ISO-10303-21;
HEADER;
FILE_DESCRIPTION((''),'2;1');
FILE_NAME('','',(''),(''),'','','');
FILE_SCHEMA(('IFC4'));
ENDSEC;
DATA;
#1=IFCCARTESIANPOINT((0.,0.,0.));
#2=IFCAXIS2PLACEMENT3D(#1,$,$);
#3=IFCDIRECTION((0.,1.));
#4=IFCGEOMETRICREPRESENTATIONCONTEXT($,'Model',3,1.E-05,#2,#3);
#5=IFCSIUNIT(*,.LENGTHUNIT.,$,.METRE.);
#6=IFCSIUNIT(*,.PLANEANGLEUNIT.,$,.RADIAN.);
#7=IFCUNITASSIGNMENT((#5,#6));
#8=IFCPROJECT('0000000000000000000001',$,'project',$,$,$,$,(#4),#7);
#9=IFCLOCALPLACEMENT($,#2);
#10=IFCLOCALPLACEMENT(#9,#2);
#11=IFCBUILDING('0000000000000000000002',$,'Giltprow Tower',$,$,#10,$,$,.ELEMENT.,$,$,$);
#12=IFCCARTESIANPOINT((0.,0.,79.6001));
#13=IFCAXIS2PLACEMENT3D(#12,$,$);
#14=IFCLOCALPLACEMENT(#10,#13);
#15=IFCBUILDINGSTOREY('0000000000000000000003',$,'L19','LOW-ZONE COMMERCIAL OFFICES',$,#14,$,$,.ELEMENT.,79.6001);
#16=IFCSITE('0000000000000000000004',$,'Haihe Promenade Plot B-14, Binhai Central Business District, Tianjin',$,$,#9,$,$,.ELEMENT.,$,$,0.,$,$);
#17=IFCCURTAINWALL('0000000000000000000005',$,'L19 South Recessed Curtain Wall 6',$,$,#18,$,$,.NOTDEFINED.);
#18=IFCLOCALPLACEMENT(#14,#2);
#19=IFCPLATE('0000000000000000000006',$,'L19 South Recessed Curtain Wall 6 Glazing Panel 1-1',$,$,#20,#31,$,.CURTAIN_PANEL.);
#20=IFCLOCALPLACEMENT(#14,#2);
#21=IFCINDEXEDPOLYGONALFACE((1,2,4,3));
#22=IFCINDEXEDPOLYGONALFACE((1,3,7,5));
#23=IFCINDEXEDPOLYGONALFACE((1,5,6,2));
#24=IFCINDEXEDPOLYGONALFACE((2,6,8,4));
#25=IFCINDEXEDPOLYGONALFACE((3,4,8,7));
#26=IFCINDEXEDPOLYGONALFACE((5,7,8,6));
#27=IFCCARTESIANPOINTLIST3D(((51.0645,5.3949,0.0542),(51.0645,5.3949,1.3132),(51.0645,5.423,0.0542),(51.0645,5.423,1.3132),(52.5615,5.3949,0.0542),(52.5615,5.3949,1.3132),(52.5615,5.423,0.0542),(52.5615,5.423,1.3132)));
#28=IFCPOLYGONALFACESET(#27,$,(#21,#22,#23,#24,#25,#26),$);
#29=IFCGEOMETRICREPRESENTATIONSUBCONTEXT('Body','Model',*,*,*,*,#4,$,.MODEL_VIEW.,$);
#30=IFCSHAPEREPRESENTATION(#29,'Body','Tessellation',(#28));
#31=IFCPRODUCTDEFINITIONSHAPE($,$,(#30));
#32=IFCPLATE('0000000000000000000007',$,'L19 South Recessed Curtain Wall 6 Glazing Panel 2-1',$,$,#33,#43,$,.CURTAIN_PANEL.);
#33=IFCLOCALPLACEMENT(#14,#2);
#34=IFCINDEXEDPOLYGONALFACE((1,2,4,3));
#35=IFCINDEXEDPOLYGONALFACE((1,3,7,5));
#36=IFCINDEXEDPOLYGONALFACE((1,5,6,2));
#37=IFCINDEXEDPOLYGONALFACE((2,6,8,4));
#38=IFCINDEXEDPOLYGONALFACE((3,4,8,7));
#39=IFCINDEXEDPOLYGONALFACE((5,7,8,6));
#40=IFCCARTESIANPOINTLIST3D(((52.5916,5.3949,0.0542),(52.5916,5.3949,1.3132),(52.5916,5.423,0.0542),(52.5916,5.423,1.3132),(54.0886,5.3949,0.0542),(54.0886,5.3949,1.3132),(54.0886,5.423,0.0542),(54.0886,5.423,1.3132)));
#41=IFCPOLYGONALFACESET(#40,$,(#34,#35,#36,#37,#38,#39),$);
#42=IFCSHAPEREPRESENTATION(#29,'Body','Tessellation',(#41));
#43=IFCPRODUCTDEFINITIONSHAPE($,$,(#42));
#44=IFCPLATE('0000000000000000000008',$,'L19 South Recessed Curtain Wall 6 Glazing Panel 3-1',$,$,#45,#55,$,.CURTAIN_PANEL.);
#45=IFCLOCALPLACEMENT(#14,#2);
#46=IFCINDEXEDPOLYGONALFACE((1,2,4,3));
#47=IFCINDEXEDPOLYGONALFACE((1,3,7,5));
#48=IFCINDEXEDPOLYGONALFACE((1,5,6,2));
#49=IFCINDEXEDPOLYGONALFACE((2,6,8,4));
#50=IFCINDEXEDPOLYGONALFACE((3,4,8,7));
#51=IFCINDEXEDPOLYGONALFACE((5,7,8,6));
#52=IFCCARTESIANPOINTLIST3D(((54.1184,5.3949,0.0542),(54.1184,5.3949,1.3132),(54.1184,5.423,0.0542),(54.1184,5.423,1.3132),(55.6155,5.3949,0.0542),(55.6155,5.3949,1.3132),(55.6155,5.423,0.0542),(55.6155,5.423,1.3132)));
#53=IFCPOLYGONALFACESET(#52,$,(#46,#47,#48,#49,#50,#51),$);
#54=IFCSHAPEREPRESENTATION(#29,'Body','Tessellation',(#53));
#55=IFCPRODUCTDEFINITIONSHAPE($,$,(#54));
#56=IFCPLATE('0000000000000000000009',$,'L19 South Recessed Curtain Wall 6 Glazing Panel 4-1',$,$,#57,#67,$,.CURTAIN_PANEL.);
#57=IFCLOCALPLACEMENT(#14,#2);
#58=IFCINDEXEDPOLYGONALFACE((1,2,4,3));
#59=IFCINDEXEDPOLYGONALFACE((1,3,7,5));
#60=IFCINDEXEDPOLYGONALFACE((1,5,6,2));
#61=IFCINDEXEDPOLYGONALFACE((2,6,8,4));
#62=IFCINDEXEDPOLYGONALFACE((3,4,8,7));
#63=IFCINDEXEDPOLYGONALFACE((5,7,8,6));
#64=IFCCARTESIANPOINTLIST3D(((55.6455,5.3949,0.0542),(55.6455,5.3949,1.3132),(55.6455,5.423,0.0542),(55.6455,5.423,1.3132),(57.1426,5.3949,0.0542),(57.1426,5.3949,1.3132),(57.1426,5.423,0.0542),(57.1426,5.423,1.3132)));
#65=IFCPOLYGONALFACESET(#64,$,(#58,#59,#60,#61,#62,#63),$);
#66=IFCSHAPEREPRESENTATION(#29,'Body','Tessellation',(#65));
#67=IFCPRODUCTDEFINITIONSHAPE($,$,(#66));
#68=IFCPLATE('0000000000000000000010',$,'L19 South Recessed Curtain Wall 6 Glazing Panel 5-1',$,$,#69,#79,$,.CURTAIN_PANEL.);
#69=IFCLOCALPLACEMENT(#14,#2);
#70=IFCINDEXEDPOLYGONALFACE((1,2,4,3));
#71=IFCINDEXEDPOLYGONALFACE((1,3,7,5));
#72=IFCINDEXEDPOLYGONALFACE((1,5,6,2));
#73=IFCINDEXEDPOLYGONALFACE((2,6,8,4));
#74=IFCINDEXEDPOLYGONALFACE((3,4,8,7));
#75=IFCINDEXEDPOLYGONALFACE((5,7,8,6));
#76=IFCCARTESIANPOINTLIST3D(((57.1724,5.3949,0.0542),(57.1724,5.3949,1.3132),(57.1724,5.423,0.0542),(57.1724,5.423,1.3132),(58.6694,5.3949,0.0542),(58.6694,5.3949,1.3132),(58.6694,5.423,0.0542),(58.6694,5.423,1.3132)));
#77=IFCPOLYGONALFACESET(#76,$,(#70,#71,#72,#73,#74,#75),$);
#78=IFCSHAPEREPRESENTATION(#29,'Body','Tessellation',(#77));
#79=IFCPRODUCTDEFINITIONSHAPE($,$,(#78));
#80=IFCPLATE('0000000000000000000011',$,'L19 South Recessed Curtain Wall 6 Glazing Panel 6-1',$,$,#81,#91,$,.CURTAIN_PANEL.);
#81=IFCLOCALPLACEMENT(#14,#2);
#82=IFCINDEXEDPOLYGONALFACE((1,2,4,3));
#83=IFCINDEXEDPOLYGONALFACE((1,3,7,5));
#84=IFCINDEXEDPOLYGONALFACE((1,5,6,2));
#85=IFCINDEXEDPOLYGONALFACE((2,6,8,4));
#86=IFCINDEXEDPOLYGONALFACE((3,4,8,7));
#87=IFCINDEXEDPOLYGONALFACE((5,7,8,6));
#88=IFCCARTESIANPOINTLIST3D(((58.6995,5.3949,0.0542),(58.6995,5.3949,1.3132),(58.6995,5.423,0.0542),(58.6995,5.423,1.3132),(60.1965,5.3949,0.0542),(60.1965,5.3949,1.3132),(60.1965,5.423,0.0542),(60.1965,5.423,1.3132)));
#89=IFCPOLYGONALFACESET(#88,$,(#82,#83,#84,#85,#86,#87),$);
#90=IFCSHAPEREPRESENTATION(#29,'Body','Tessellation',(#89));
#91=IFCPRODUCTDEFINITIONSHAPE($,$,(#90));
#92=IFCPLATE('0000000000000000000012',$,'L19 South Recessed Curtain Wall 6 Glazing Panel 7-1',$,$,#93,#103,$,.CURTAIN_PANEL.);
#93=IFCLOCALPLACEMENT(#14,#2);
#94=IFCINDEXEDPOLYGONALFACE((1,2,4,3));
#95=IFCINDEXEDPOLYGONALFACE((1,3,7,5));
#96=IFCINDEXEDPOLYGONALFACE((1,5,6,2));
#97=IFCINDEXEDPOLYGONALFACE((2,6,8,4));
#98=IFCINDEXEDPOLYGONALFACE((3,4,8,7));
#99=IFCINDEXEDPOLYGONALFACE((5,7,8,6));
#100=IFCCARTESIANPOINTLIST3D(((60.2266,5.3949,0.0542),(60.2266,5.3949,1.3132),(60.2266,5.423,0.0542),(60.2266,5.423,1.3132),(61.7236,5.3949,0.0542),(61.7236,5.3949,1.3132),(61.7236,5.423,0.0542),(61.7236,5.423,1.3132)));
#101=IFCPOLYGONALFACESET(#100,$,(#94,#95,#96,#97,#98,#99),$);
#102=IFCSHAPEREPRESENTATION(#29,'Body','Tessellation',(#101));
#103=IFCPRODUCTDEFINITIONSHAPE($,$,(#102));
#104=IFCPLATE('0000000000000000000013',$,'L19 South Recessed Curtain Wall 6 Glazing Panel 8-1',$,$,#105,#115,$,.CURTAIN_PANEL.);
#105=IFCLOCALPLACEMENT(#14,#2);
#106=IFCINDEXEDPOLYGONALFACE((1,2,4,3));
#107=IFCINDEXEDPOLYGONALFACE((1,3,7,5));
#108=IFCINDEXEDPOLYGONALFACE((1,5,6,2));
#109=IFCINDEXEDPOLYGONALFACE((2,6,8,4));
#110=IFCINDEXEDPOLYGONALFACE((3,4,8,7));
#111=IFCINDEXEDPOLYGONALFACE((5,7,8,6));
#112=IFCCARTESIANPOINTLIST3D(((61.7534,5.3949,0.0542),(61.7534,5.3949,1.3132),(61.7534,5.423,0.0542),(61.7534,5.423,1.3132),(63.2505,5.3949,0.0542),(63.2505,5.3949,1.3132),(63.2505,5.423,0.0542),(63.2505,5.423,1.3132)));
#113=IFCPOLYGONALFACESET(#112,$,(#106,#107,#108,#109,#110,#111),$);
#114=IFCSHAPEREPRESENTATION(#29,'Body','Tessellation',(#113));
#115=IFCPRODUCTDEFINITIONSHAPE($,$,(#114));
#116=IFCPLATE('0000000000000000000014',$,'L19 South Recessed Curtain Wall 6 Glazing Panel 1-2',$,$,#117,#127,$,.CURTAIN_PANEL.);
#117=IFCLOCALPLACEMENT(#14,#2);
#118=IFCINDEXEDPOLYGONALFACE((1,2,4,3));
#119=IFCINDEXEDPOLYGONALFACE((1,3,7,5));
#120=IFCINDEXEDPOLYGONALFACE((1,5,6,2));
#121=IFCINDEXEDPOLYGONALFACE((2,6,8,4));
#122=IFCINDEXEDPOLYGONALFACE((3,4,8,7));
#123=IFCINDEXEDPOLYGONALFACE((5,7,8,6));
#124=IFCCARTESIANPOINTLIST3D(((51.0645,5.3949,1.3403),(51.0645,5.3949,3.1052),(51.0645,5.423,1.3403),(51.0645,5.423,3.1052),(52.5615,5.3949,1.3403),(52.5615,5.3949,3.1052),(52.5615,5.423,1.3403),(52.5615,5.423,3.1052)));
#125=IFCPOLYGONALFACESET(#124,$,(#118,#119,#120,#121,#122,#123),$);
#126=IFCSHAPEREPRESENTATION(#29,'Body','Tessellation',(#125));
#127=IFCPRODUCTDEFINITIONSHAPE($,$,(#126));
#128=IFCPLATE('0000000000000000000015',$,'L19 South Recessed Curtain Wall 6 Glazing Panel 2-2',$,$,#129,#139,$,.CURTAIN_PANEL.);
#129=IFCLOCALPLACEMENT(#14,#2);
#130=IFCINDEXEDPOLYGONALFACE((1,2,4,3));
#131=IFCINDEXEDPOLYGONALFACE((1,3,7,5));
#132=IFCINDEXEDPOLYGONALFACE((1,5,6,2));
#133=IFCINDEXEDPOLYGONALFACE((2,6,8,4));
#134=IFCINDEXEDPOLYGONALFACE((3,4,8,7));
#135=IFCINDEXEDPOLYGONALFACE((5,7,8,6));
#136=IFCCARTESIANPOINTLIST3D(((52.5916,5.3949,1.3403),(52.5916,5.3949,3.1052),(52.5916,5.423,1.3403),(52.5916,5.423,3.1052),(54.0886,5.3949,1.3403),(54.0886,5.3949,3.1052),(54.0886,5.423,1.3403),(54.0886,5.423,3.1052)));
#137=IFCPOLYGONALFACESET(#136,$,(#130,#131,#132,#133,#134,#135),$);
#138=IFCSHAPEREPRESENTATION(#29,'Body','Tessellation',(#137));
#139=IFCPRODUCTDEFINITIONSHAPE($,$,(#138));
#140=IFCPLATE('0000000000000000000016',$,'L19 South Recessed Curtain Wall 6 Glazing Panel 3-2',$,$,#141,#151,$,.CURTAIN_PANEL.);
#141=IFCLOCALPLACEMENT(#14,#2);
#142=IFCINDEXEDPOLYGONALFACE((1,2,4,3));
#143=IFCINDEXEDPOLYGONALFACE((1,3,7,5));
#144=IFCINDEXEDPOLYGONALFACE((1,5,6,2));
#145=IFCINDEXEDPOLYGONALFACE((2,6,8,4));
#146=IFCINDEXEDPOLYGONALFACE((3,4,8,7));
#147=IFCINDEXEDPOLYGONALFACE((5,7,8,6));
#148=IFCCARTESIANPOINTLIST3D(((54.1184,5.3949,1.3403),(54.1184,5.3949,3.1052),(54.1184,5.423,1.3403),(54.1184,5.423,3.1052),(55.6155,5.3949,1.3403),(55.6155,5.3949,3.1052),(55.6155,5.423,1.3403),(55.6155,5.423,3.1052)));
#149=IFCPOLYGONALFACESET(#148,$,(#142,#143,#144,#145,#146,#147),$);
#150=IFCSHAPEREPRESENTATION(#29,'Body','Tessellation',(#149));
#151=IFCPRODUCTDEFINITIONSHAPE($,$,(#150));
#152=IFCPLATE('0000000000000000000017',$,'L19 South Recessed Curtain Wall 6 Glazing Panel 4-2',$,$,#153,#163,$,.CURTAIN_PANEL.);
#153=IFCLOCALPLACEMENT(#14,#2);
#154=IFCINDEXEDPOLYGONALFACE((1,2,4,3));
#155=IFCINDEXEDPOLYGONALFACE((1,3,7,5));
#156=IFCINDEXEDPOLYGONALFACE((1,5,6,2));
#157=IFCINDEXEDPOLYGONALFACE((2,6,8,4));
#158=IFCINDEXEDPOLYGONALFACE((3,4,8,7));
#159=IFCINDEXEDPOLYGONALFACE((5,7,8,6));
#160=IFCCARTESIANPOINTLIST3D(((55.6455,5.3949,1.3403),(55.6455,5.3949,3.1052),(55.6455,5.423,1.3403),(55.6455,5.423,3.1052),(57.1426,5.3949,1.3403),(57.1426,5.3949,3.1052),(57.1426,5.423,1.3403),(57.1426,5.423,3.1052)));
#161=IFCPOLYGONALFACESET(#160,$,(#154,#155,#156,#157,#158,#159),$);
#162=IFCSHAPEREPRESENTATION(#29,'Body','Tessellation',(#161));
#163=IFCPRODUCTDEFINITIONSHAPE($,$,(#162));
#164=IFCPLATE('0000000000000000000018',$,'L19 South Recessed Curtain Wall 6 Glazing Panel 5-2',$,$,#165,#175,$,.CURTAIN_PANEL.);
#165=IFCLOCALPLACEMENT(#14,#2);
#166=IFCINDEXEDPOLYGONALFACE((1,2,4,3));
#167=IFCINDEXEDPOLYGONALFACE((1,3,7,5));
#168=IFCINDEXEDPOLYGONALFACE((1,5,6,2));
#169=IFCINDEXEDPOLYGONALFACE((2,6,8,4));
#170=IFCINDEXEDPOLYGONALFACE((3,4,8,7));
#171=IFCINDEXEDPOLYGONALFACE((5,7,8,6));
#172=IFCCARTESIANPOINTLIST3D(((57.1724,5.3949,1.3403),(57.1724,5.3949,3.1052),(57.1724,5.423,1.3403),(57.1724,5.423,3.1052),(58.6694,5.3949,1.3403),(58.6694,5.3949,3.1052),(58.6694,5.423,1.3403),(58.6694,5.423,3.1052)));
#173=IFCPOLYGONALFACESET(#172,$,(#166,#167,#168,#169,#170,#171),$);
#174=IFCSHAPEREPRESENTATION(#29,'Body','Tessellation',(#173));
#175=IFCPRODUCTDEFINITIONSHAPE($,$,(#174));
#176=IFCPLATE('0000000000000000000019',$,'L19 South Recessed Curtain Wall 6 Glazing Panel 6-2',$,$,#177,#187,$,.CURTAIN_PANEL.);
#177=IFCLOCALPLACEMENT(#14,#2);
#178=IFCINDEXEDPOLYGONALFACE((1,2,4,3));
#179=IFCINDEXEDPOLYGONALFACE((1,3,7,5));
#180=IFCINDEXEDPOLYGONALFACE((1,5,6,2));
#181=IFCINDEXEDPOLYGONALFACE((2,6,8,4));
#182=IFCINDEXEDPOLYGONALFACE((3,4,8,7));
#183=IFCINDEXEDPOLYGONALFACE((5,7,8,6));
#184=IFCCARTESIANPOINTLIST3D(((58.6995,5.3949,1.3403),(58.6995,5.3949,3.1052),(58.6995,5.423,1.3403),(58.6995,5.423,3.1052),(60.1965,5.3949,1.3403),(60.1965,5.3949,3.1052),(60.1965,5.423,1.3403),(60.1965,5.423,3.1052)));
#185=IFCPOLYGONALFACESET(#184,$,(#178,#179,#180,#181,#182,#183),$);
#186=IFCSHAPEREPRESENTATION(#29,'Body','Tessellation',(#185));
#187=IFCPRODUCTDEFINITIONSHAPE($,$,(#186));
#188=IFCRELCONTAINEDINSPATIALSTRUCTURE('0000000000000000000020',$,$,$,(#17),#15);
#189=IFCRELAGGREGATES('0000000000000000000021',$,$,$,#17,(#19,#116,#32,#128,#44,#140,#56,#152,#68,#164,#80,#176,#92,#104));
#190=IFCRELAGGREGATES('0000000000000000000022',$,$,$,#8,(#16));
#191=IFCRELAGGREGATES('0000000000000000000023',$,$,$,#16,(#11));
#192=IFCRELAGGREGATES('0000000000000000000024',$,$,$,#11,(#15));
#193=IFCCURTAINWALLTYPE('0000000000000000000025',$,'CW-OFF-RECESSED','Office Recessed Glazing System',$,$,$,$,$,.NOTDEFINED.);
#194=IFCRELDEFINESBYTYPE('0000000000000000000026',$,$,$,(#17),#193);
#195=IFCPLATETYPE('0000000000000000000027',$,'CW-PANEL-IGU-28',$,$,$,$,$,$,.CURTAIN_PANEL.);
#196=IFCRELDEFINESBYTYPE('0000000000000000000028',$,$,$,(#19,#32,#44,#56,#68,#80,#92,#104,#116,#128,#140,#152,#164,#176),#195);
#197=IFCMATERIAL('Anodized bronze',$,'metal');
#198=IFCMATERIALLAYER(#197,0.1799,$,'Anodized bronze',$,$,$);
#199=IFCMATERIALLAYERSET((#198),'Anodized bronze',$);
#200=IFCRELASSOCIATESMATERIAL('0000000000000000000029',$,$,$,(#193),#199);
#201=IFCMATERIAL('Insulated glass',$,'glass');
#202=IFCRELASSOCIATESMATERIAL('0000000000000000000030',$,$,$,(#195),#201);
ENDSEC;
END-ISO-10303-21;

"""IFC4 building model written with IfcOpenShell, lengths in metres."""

from ifc_helpers import new_model, si_unit, direction, frame, origin, origin_2d, place, context, subcontext, project, spatial, rectangle, extrude, source, transform, mapped, material, layer, layer_set, type_object, element, aggregate, save


model = new_model("IFC4")

# Units and contexts
model_context = context("Model", 3, precision=1e-05, world=origin(), true_north=direction((0.0, 1.0)))
body_context = subcontext(model_context, "Body", "Model", "MODEL_VIEW")
ifc_project = project(units=[si_unit("LENGTHUNIT", "METRE"), si_unit("PLANEANGLEUNIT", "RADIAN")], contexts=[model_context])

# Site, building, storey
site_placement = place(None, origin())
site = spatial("IfcSite", under=ifc_project, at=site_placement, Name="Haihe Promenade Plot B-14, Binhai Central Business District, Tianjin", CompositionType="ELEMENT", RefElevation=0.0)
building_placement = place(site_placement, origin())
building = spatial("IfcBuilding", under=site, at=building_placement, Name="Giltprow Tower", CompositionType="ELEMENT")
storey_placement = place(building_placement, frame((0.0, 0.0, 79.6001)))
storey = spatial("IfcBuildingStorey", under=building, at=storey_placement, Name="L19", Description="LOW-ZONE COMMERCIAL OFFICES", CompositionType="ELEMENT", Elevation=79.6001)

# Curtain wall, plates
ifc_material_1 = material(Name="Anodized bronze", Category="metal")
ifc_layer_1 = layer(ifc_material_1, 0.1799, Name="Anodized bronze")
ifc_layer_set_1 = layer_set([ifc_layer_1], Name="Anodized bronze")
curtain_wall_type = type_object("IfcCurtainWallType", Name="CW-OFF-RECESSED", Description="Office Recessed Glazing System", PredefinedType="NOTDEFINED", material=ifc_layer_set_1)
curtain_wall_placement = place(storey_placement, origin())
curtain_wall = element("IfcCurtainWall", 1, at=curtain_wall_placement, inside=storey, type_object=curtain_wall_type, Name="L19 South Recessed Curtain Wall 6", PredefinedType="NOTDEFINED")
ifc_material_2 = material(Name="Insulated glass", Category="glass")
plate_type = type_object("IfcPlateType", Name="CW-PANEL-IGU-28", PredefinedType="CURTAIN_PANEL", material=ifc_material_2)
shared_shape_1 = source(origin(), body_context, "Body", "SweptSolid", [
    extrude(rectangle(XDim=1.4971, YDim=0.0281, at=origin_2d()), origin(), (0.0, 0.0, 1.0), 1.259),
])
plate_1_placement = place(storey_placement, frame((51.813, 5.4089, 0.0542), z_axis=(0.0, 0.0, 1.0), x_axis=(1.0, 0.0, 0.0)))
plate_1 = element("IfcPlate", 2, at=plate_1_placement, type_object=plate_type, Name="L19 South Recessed Curtain Wall 6 Glazing Panel 1-1", PredefinedType="CURTAIN_PANEL", context=body_context, shape_type="MappedRepresentation", body=[
    mapped(shared_shape_1, transform((0.0, 0.0, 0.0), x_axis=(1.0, 0.0, 0.0), y_axis=(0.0, 1.0, 0.0), z_axis=(0.0, 0.0, 1.0), scale=1.0)),
])
plate_2_placement = place(storey_placement, frame((53.3401, 5.4089, 0.0542), z_axis=(0.0, 0.0, 1.0), x_axis=(1.0, 0.0, 0.0)))
plate_2 = element("IfcPlate", 3, at=plate_2_placement, type_object=plate_type, Name="L19 South Recessed Curtain Wall 6 Glazing Panel 2-1", PredefinedType="CURTAIN_PANEL", context=body_context, shape_type="MappedRepresentation", body=[
    mapped(shared_shape_1, transform((0.0, 0.0, 0.0), x_axis=(1.0, 0.0, 0.0), y_axis=(0.0, 1.0, 0.0), z_axis=(0.0, 0.0, 1.0), scale=1.0)),
])
plate_3_placement = place(storey_placement, frame((54.8669, 5.4089, 0.0542), z_axis=(0.0, 0.0, 1.0), x_axis=(1.0, 0.0, 0.0)))
plate_3 = element("IfcPlate", 4, at=plate_3_placement, type_object=plate_type, Name="L19 South Recessed Curtain Wall 6 Glazing Panel 3-1", PredefinedType="CURTAIN_PANEL", context=body_context, shape_type="MappedRepresentation", body=[
    mapped(shared_shape_1, transform((0.0, 0.0, 0.0), x_axis=(1.0, 0.0, 0.0), y_axis=(0.0, 1.0, 0.0), z_axis=(0.0, 0.0, 1.0), scale=1.0)),
])
plate_4_placement = place(storey_placement, frame((56.394, 5.4089, 0.0542), z_axis=(0.0, 0.0, 1.0), x_axis=(1.0, 0.0, 0.0)))
plate_4 = element("IfcPlate", 5, at=plate_4_placement, type_object=plate_type, Name="L19 South Recessed Curtain Wall 6 Glazing Panel 4-1", PredefinedType="CURTAIN_PANEL", context=body_context, shape_type="MappedRepresentation", body=[
    mapped(shared_shape_1, transform((0.0, 0.0, 0.0), x_axis=(1.0, 0.0, 0.0), y_axis=(0.0, 1.0, 0.0), z_axis=(0.0, 0.0, 1.0), scale=1.0)),
])
plate_5_placement = place(storey_placement, frame((57.9209, 5.4089, 0.0542), z_axis=(0.0, 0.0, 1.0), x_axis=(1.0, 0.0, 0.0)))
plate_5 = element("IfcPlate", 6, at=plate_5_placement, type_object=plate_type, Name="L19 South Recessed Curtain Wall 6 Glazing Panel 5-1", PredefinedType="CURTAIN_PANEL", context=body_context, shape_type="MappedRepresentation", body=[
    mapped(shared_shape_1, transform((0.0, 0.0, 0.0), x_axis=(1.0, 0.0, 0.0), y_axis=(0.0, 1.0, 0.0), z_axis=(0.0, 0.0, 1.0), scale=1.0)),
])
plate_6_placement = place(storey_placement, frame((59.448, 5.4089, 0.0542), z_axis=(0.0, 0.0, 1.0), x_axis=(1.0, 0.0, 0.0)))
plate_6 = element("IfcPlate", 7, at=plate_6_placement, type_object=plate_type, Name="L19 South Recessed Curtain Wall 6 Glazing Panel 6-1", PredefinedType="CURTAIN_PANEL", context=body_context, shape_type="MappedRepresentation", body=[
    mapped(shared_shape_1, transform((0.0, 0.0, 0.0), x_axis=(1.0, 0.0, 0.0), y_axis=(0.0, 1.0, 0.0), z_axis=(0.0, 0.0, 1.0), scale=1.0)),
])
plate_7_placement = place(storey_placement, frame((60.9751, 5.4089, 0.0542), z_axis=(0.0, 0.0, 1.0), x_axis=(1.0, 0.0, 0.0)))
plate_7 = element("IfcPlate", 8, at=plate_7_placement, type_object=plate_type, Name="L19 South Recessed Curtain Wall 6 Glazing Panel 7-1", PredefinedType="CURTAIN_PANEL", context=body_context, shape_type="MappedRepresentation", body=[
    mapped(shared_shape_1, transform((0.0, 0.0, 0.0), x_axis=(1.0, 0.0, 0.0), y_axis=(0.0, 1.0, 0.0), z_axis=(0.0, 0.0, 1.0), scale=1.0)),
])
plate_8_placement = place(storey_placement, frame((62.502, 5.4089, 0.0542), z_axis=(0.0, 0.0, 1.0), x_axis=(1.0, 0.0, 0.0)))
plate_8 = element("IfcPlate", 9, at=plate_8_placement, type_object=plate_type, Name="L19 South Recessed Curtain Wall 6 Glazing Panel 8-1", PredefinedType="CURTAIN_PANEL", context=body_context, shape_type="MappedRepresentation", body=[
    mapped(shared_shape_1, transform((0.0, 0.0, 0.0), x_axis=(1.0, 0.0, 0.0), y_axis=(0.0, 1.0, 0.0), z_axis=(0.0, 0.0, 1.0), scale=1.0)),
])
shared_shape_2 = source(origin(), body_context, "Body", "SweptSolid", [
    extrude(rectangle(XDim=1.4971, YDim=0.0281, at=origin_2d()), origin(), (0.0, 0.0, 1.0), 1.7649),
])
plate_9_placement = place(storey_placement, frame((51.813, 5.4089, 1.3403), z_axis=(0.0, 0.0, 1.0), x_axis=(1.0, 0.0, 0.0)))
plate_9 = element("IfcPlate", 10, at=plate_9_placement, type_object=plate_type, Name="L19 South Recessed Curtain Wall 6 Glazing Panel 1-2", PredefinedType="CURTAIN_PANEL", context=body_context, shape_type="MappedRepresentation", body=[
    mapped(shared_shape_2, transform((0.0, 0.0, 0.0), x_axis=(1.0, 0.0, 0.0), y_axis=(0.0, 1.0, 0.0), z_axis=(0.0, 0.0, 1.0), scale=1.0)),
])
plate_10_placement = place(storey_placement, frame((53.3401, 5.4089, 1.3403), z_axis=(0.0, 0.0, 1.0), x_axis=(1.0, 0.0, 0.0)))
plate_10 = element("IfcPlate", 11, at=plate_10_placement, type_object=plate_type, Name="L19 South Recessed Curtain Wall 6 Glazing Panel 2-2", PredefinedType="CURTAIN_PANEL", context=body_context, shape_type="MappedRepresentation", body=[
    mapped(shared_shape_2, transform((0.0, 0.0, 0.0), x_axis=(1.0, 0.0, 0.0), y_axis=(0.0, 1.0, 0.0), z_axis=(0.0, 0.0, 1.0), scale=1.0)),
])
plate_11_placement = place(storey_placement, frame((54.8669, 5.4089, 1.3403), z_axis=(0.0, 0.0, 1.0), x_axis=(1.0, 0.0, 0.0)))
plate_11 = element("IfcPlate", 12, at=plate_11_placement, type_object=plate_type, Name="L19 South Recessed Curtain Wall 6 Glazing Panel 3-2", PredefinedType="CURTAIN_PANEL", context=body_context, shape_type="MappedRepresentation", body=[
    mapped(shared_shape_2, transform((0.0, 0.0, 0.0), x_axis=(1.0, 0.0, 0.0), y_axis=(0.0, 1.0, 0.0), z_axis=(0.0, 0.0, 1.0), scale=1.0)),
])
plate_12_placement = place(storey_placement, frame((56.394, 5.4089, 1.3403), z_axis=(0.0, 0.0, 1.0), x_axis=(1.0, 0.0, 0.0)))
plate_12 = element("IfcPlate", 13, at=plate_12_placement, type_object=plate_type, Name="L19 South Recessed Curtain Wall 6 Glazing Panel 4-2", PredefinedType="CURTAIN_PANEL", context=body_context, shape_type="MappedRepresentation", body=[
    mapped(shared_shape_2, transform((0.0, 0.0, 0.0), x_axis=(1.0, 0.0, 0.0), y_axis=(0.0, 1.0, 0.0), z_axis=(0.0, 0.0, 1.0), scale=1.0)),
])
plate_13_placement = place(storey_placement, frame((57.9209, 5.4089, 1.3403), z_axis=(0.0, 0.0, 1.0), x_axis=(1.0, 0.0, 0.0)))
plate_13 = element("IfcPlate", 14, at=plate_13_placement, type_object=plate_type, Name="L19 South Recessed Curtain Wall 6 Glazing Panel 5-2", PredefinedType="CURTAIN_PANEL", context=body_context, shape_type="MappedRepresentation", body=[
    mapped(shared_shape_2, transform((0.0, 0.0, 0.0), x_axis=(1.0, 0.0, 0.0), y_axis=(0.0, 1.0, 0.0), z_axis=(0.0, 0.0, 1.0), scale=1.0)),
])
plate_14_placement = place(storey_placement, frame((59.448, 5.4089, 1.3403), z_axis=(0.0, 0.0, 1.0), x_axis=(1.0, 0.0, 0.0)))
plate_14 = element("IfcPlate", 15, at=plate_14_placement, type_object=plate_type, Name="L19 South Recessed Curtain Wall 6 Glazing Panel 6-2", PredefinedType="CURTAIN_PANEL", context=body_context, shape_type="MappedRepresentation", body=[
    mapped(shared_shape_2, transform((0.0, 0.0, 0.0), x_axis=(1.0, 0.0, 0.0), y_axis=(0.0, 1.0, 0.0), z_axis=(0.0, 0.0, 1.0), scale=1.0)),
])
aggregate(curtain_wall, [plate_1, plate_9, plate_2, plate_10, plate_3, plate_11, plate_4, plate_12, plate_5, plate_13, plate_6, plate_14, plate_7, plate_8])

save(model, "model.ifc")
